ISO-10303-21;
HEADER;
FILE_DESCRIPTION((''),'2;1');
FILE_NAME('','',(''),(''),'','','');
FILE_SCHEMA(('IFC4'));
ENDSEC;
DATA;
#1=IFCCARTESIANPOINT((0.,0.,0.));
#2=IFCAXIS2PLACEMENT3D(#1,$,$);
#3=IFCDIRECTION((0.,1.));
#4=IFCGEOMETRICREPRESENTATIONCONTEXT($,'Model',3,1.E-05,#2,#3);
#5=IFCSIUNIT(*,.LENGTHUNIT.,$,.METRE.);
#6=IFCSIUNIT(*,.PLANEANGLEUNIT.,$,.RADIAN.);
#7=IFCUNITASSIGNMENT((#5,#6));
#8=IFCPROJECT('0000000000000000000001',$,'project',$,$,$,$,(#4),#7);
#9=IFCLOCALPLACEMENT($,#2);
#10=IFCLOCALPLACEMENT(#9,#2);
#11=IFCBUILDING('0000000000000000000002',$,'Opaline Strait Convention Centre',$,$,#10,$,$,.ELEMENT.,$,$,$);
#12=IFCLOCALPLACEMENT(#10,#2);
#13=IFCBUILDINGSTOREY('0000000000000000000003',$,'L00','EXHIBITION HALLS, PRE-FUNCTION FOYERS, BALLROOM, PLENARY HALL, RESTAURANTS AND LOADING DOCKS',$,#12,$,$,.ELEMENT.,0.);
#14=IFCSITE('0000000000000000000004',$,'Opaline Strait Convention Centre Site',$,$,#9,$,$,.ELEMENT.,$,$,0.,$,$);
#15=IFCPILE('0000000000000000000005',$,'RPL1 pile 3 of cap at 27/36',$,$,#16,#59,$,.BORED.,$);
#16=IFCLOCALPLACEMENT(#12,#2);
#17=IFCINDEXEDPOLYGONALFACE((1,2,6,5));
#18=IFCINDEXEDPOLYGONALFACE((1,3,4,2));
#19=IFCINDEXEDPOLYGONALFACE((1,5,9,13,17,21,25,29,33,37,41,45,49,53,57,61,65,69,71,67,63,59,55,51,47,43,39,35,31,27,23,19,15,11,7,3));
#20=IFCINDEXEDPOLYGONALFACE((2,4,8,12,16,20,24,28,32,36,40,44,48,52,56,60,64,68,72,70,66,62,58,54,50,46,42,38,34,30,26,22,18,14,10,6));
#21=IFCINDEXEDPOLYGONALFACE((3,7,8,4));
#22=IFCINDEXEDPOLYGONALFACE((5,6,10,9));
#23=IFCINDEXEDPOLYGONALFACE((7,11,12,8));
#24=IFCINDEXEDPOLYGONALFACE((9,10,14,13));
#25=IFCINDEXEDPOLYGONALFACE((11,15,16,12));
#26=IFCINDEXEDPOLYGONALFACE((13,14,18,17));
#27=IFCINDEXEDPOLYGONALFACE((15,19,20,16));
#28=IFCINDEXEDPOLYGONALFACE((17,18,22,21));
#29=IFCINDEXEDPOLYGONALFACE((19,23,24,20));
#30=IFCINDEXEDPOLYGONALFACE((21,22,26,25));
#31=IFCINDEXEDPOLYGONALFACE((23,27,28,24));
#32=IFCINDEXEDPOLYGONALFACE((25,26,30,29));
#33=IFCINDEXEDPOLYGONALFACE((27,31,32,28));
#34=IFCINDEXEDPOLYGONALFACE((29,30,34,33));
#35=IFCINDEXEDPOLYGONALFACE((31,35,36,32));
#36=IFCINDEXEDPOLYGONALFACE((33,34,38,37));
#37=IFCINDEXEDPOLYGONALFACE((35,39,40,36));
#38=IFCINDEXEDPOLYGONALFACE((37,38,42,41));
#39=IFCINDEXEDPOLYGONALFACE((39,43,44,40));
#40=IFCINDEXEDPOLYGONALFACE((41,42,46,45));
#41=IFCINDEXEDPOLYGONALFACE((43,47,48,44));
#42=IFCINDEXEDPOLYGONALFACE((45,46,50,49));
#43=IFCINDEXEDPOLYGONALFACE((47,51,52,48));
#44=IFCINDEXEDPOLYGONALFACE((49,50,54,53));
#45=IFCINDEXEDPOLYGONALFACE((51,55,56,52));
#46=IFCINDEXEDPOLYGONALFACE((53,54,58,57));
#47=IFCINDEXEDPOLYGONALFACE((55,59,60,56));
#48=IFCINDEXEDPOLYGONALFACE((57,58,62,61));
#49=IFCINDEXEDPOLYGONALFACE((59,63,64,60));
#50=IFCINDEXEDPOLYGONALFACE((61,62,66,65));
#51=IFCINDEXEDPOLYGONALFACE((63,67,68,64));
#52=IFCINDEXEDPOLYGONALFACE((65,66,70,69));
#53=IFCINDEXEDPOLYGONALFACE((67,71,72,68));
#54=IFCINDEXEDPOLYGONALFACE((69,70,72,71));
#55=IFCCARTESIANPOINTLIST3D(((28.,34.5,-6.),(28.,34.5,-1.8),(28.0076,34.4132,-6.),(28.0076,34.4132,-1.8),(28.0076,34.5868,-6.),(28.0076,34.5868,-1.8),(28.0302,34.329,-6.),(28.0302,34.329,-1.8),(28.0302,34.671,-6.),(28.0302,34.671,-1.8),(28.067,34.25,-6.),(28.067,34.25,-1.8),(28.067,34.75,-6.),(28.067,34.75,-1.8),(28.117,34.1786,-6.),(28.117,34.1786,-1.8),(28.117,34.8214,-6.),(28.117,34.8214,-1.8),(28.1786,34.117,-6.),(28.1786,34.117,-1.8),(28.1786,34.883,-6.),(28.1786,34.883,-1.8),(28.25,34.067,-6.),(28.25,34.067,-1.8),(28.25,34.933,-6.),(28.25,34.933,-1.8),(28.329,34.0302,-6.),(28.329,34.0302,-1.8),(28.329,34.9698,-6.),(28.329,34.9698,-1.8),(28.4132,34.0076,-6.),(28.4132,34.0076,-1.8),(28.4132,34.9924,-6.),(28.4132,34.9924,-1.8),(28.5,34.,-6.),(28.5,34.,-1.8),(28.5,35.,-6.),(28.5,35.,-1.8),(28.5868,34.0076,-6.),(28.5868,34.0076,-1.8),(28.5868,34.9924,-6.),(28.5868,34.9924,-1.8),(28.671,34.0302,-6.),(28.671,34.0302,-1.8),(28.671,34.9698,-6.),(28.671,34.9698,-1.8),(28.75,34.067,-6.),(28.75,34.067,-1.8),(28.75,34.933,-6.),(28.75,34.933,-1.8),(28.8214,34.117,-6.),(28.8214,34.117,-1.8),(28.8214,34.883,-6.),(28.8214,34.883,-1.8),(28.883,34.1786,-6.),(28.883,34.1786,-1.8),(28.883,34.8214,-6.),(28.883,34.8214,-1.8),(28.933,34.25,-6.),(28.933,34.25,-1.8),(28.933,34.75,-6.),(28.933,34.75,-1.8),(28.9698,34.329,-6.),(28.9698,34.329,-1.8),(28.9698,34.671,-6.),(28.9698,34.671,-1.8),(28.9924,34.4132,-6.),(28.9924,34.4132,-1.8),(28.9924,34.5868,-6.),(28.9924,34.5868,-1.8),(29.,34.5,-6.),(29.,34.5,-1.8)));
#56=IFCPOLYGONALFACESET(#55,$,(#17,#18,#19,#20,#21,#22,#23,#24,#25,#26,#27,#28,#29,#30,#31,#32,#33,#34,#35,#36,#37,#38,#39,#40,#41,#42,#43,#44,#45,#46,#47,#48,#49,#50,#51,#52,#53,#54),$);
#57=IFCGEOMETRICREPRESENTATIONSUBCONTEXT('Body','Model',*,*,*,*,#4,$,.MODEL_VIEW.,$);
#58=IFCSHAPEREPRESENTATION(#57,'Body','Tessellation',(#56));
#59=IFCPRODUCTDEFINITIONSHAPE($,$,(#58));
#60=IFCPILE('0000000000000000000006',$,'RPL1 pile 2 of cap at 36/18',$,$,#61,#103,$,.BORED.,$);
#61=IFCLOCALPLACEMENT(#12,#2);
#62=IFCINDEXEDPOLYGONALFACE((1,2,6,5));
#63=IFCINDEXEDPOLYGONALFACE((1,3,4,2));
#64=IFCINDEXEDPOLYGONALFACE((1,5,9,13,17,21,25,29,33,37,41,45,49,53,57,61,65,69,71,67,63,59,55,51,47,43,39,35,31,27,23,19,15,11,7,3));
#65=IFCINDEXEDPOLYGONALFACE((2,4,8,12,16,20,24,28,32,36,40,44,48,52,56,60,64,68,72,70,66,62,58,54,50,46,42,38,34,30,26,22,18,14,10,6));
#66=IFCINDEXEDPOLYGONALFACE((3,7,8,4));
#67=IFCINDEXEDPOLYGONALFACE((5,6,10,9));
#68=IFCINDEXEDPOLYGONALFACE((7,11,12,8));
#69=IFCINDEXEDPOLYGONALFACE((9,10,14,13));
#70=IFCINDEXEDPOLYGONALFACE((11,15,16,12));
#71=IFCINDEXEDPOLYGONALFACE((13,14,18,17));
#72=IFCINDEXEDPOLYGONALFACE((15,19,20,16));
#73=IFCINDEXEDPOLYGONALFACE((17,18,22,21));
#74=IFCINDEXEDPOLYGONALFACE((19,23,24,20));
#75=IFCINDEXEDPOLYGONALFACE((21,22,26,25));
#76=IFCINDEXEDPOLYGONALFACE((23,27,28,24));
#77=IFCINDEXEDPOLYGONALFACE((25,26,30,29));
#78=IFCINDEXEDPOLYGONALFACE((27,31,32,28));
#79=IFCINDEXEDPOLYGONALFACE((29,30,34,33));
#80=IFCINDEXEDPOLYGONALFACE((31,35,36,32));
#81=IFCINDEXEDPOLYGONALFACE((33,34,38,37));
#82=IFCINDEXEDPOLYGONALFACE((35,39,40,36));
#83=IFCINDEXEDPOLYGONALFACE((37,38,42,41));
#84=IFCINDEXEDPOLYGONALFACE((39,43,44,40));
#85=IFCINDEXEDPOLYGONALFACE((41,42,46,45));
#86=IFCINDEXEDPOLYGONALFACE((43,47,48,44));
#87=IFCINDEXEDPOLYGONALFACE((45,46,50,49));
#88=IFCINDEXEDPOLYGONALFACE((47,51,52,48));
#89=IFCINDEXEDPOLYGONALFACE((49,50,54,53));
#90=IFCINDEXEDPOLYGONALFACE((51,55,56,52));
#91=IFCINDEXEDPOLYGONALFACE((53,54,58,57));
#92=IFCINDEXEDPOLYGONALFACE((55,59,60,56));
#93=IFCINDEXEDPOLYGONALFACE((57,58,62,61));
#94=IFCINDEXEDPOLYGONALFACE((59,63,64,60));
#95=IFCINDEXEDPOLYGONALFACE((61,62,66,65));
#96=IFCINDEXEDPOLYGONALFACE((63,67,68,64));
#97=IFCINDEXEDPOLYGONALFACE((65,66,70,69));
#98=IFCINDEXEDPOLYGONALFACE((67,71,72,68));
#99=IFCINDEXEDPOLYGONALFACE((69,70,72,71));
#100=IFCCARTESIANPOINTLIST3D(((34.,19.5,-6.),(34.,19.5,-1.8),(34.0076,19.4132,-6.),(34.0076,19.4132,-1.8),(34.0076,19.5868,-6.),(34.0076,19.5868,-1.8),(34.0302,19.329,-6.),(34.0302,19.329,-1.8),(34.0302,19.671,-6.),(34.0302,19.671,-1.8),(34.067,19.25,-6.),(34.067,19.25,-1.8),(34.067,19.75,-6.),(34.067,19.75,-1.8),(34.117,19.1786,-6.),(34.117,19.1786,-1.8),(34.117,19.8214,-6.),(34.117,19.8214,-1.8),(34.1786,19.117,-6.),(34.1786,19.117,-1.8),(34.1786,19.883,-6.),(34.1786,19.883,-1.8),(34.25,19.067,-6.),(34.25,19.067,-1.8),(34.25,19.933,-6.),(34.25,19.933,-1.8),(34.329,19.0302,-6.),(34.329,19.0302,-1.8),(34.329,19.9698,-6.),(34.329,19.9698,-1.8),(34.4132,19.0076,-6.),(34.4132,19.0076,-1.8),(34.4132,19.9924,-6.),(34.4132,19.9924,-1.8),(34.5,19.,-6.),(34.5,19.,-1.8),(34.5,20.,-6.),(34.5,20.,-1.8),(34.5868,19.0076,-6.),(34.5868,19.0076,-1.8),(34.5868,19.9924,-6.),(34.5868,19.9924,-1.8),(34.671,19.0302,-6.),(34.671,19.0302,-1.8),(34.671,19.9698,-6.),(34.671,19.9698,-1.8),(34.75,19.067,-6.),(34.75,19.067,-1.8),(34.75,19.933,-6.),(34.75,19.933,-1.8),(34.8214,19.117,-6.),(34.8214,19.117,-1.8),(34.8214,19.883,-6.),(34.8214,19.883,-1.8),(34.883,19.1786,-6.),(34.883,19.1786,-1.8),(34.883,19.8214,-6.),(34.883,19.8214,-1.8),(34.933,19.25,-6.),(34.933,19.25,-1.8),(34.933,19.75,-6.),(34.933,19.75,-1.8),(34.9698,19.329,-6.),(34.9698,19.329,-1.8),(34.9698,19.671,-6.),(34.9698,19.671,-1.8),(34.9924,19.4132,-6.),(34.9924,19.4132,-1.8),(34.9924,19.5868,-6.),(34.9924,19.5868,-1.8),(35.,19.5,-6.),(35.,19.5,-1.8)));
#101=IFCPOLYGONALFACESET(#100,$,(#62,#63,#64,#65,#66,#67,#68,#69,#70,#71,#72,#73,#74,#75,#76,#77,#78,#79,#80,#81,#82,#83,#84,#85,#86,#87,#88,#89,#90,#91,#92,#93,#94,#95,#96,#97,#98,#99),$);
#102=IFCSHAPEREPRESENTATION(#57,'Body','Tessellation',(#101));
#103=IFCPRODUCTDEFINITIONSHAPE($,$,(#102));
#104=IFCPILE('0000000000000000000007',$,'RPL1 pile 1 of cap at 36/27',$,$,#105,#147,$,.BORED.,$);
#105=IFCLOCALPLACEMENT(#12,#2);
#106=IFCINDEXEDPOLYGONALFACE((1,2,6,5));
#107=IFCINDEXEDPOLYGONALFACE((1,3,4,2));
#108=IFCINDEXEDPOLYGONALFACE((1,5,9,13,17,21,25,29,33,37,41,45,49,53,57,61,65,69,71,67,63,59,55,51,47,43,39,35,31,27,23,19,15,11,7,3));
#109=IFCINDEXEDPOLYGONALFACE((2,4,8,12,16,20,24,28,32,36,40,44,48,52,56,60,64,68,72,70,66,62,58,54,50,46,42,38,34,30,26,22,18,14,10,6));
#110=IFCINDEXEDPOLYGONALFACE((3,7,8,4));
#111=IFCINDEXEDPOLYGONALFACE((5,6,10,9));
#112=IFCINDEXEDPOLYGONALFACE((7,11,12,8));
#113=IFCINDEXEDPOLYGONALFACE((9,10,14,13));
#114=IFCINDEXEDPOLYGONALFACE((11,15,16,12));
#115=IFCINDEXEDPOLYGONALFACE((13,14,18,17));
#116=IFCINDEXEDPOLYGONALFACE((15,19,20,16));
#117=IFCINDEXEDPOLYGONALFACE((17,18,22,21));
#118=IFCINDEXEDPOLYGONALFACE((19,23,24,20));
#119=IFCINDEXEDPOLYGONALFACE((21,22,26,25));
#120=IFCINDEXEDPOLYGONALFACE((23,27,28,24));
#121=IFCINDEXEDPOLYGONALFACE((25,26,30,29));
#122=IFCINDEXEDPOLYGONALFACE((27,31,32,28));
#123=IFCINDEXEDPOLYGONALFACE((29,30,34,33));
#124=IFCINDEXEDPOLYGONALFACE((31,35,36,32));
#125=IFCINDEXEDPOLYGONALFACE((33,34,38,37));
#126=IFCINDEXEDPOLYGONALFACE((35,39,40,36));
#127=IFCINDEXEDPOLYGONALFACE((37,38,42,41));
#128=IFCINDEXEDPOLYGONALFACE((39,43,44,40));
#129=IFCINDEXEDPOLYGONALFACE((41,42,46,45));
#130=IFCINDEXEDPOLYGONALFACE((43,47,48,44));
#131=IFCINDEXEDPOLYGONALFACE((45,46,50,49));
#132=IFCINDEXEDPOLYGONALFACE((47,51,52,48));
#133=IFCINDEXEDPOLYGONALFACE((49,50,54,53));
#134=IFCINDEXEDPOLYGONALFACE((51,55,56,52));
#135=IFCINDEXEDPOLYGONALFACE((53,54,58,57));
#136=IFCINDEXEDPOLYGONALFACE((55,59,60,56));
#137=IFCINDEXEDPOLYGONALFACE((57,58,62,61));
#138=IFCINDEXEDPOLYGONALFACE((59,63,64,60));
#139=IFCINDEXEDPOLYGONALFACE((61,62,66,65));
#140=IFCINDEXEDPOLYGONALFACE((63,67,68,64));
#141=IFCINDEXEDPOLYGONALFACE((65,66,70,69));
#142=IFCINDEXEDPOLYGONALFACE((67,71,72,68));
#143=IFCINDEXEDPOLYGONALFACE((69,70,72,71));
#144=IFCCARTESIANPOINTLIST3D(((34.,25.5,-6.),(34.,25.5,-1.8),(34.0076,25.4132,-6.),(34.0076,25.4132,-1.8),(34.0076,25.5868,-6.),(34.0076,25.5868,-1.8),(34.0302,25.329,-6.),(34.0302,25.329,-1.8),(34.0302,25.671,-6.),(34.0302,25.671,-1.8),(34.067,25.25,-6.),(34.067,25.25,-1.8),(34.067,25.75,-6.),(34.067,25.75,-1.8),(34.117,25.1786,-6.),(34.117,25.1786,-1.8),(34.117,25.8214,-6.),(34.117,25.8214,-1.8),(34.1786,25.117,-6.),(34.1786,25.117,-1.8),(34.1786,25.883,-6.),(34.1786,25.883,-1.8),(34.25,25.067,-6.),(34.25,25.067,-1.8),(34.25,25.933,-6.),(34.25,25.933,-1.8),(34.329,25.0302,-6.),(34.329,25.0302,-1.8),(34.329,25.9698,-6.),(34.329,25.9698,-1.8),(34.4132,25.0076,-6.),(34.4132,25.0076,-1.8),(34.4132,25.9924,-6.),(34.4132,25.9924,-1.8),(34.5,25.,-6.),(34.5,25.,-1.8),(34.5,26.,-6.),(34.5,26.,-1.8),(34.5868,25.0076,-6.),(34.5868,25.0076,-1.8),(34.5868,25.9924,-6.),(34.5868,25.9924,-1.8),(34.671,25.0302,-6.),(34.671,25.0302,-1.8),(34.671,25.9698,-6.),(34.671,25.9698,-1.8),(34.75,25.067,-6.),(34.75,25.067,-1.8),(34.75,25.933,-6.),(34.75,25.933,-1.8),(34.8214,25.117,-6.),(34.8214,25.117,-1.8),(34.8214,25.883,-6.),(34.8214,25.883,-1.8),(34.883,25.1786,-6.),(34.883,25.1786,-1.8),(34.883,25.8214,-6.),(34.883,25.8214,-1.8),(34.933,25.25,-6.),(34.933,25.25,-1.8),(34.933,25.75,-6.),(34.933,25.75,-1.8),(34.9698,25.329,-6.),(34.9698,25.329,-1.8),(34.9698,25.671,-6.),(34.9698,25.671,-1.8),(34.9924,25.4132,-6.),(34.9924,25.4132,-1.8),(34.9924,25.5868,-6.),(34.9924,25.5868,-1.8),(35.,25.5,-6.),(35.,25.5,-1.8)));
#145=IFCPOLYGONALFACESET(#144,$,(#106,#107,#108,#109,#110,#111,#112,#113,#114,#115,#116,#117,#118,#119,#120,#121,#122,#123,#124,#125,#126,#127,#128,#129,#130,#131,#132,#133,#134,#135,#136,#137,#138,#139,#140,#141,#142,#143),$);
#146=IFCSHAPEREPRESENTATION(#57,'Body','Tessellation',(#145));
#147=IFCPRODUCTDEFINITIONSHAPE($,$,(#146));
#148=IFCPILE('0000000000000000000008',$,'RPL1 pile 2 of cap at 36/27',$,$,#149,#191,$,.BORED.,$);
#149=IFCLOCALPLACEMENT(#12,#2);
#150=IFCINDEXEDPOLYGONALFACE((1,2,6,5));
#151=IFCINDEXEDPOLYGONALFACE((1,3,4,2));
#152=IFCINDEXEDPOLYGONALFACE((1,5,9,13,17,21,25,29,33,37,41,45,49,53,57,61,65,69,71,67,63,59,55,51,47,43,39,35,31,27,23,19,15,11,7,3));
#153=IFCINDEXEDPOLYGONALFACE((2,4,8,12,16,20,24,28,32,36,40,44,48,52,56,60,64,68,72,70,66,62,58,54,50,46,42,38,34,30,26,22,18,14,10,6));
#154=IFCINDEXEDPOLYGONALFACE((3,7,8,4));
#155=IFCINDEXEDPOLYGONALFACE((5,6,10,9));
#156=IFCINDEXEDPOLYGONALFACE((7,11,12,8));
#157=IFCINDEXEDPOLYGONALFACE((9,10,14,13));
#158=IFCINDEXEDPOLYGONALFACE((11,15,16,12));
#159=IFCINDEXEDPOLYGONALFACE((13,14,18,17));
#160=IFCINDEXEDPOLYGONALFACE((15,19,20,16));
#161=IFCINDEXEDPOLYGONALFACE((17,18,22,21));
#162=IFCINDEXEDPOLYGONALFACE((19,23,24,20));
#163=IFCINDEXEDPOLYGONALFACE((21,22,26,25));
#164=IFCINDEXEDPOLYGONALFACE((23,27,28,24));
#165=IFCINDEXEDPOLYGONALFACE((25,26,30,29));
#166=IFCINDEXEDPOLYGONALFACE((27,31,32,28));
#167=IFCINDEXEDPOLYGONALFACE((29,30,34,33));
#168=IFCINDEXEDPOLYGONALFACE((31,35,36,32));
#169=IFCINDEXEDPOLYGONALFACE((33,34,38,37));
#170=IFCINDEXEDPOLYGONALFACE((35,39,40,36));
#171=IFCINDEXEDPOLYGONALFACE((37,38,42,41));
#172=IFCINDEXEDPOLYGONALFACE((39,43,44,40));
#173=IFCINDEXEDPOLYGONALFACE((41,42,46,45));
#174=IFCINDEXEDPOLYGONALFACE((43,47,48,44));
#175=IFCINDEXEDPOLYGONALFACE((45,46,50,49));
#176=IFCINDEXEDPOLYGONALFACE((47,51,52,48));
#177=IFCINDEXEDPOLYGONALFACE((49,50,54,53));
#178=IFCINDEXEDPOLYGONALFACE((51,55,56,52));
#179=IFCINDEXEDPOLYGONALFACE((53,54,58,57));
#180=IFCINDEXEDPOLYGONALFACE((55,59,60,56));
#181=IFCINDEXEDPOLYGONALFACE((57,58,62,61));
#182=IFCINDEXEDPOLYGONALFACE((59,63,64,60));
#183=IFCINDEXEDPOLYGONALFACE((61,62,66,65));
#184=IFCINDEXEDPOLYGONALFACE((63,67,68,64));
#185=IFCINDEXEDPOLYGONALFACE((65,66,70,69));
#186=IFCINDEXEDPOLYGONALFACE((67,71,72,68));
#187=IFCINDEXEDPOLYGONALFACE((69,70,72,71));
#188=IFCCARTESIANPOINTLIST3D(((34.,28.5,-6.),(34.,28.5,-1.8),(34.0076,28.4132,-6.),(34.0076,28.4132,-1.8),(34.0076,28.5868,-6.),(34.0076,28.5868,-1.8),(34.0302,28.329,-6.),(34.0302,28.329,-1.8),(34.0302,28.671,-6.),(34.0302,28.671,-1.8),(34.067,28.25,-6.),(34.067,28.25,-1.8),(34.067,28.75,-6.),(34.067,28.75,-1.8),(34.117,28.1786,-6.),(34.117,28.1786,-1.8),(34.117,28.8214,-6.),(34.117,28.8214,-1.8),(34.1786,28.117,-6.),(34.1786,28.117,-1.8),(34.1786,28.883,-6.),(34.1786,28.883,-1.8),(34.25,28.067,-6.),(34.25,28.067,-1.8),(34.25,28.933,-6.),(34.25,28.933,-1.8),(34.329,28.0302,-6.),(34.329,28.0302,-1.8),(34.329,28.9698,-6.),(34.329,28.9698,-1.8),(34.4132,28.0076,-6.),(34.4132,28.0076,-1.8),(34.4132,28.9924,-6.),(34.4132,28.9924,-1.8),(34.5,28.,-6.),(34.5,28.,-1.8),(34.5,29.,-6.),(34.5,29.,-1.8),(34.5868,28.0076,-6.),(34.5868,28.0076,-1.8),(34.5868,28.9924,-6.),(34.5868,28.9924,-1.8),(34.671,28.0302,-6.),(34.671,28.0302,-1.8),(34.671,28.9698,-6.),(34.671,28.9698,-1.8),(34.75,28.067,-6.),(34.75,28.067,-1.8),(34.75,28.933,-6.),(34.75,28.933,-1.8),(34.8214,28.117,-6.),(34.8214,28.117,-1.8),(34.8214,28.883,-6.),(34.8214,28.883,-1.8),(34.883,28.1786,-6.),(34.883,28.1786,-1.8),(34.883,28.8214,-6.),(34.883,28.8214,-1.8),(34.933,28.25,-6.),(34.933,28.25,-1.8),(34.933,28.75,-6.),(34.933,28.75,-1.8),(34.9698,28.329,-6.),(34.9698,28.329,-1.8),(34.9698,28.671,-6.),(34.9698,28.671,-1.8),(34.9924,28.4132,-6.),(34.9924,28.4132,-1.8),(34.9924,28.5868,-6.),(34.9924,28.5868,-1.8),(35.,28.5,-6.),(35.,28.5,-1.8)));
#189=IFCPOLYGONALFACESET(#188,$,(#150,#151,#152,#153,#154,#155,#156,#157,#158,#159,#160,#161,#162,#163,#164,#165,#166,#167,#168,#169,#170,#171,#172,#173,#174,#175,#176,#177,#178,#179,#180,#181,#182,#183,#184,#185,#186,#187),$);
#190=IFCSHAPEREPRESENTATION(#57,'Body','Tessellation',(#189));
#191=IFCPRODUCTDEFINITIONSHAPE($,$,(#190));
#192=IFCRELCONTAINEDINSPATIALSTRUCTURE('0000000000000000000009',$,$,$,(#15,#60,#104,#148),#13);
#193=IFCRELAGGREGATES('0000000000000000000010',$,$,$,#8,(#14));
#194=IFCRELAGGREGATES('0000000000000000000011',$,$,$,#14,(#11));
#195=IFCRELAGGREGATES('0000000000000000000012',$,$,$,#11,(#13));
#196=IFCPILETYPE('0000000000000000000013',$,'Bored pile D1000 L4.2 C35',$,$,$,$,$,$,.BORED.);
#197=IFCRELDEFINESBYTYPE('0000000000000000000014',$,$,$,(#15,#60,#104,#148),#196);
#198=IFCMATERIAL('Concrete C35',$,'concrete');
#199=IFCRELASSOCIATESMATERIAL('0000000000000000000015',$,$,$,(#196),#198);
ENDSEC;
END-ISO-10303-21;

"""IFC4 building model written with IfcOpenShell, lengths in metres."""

from ifc_helpers import new_model, si_unit, direction, frame, origin, origin_2d, place, context, subcontext, project, spatial, circle, extrude, material, material_profile, profile_set, type_object, element, save


model = new_model("IFC4")

# Units and contexts
model_context = context("Model", 3, precision=1e-05, world=origin(), true_north=direction((0.0, 1.0)))
body_context = subcontext(model_context, "Body", "Model", "MODEL_VIEW")
ifc_project = project(units=[si_unit("LENGTHUNIT", "METRE"), si_unit("PLANEANGLEUNIT", "RADIAN")], contexts=[model_context])

# Site, building, storey
site_placement = place(None, origin())
site = spatial("IfcSite", under=ifc_project, at=site_placement, Name="Opaline Strait Convention Centre Site", CompositionType="ELEMENT", RefElevation=0.0)
building_placement = place(site_placement, origin())
building = spatial("IfcBuilding", under=site, at=building_placement, Name="Opaline Strait Convention Centre", CompositionType="ELEMENT")
storey_placement = place(building_placement, origin())
storey = spatial("IfcBuildingStorey", under=building, at=storey_placement, Name="L00", Description="EXHIBITION HALLS, PRE-FUNCTION FOYERS, BALLROOM, PLENARY HALL, RESTAURANTS AND LOADING DOCKS", CompositionType="ELEMENT", Elevation=0.0)

# Piles
ifc_material_1 = material(Name="Concrete C35", Category="concrete")
ifc_material_profile_1 = material_profile(ifc_material_1, circle(Radius=0.5, at=origin_2d()), Name="D1000")
ifc_profile_set_1 = profile_set([ifc_material_profile_1], Name="Concrete C35")
pile_type = type_object("IfcPileType", Name="Bored pile D1000 L4.2 C35", PredefinedType="BORED", material=ifc_profile_set_1)
for number, where, z_axis, x_axis, name in (
    (1, (28.5, 34.5, -1.8), (0.0, 0.0, -1.0), (1.0, 0.0, 0.0), "RPL1 pile 3 of cap at 27/36"),
    (2, (34.5, 19.5, -1.8), (0.0, 0.0, -1.0), (1.0, 0.0, 0.0), "RPL1 pile 2 of cap at 36/18"),
    (3, (34.5, 25.5, -1.8), (0.0, 0.0, -1.0), (1.0, 0.0, 0.0), "RPL1 pile 1 of cap at 36/27"),
    (4, (34.5, 28.5, -1.8), (0.0, 0.0, -1.0), (1.0, 0.0, 0.0), "RPL1 pile 2 of cap at 36/27"),
):
    element("IfcPile", number, at=place(storey_placement, frame(where, z_axis=z_axis, x_axis=x_axis)), inside=storey, type_object=pile_type, Name=name, PredefinedType="BORED", context=body_context, shape_type="SweptSolid", body=[
        extrude(circle(Radius=0.5, at=origin_2d()), origin(), (0.0, 0.0, 1.0), 4.2),
    ])

save(model, "model.ifc")
